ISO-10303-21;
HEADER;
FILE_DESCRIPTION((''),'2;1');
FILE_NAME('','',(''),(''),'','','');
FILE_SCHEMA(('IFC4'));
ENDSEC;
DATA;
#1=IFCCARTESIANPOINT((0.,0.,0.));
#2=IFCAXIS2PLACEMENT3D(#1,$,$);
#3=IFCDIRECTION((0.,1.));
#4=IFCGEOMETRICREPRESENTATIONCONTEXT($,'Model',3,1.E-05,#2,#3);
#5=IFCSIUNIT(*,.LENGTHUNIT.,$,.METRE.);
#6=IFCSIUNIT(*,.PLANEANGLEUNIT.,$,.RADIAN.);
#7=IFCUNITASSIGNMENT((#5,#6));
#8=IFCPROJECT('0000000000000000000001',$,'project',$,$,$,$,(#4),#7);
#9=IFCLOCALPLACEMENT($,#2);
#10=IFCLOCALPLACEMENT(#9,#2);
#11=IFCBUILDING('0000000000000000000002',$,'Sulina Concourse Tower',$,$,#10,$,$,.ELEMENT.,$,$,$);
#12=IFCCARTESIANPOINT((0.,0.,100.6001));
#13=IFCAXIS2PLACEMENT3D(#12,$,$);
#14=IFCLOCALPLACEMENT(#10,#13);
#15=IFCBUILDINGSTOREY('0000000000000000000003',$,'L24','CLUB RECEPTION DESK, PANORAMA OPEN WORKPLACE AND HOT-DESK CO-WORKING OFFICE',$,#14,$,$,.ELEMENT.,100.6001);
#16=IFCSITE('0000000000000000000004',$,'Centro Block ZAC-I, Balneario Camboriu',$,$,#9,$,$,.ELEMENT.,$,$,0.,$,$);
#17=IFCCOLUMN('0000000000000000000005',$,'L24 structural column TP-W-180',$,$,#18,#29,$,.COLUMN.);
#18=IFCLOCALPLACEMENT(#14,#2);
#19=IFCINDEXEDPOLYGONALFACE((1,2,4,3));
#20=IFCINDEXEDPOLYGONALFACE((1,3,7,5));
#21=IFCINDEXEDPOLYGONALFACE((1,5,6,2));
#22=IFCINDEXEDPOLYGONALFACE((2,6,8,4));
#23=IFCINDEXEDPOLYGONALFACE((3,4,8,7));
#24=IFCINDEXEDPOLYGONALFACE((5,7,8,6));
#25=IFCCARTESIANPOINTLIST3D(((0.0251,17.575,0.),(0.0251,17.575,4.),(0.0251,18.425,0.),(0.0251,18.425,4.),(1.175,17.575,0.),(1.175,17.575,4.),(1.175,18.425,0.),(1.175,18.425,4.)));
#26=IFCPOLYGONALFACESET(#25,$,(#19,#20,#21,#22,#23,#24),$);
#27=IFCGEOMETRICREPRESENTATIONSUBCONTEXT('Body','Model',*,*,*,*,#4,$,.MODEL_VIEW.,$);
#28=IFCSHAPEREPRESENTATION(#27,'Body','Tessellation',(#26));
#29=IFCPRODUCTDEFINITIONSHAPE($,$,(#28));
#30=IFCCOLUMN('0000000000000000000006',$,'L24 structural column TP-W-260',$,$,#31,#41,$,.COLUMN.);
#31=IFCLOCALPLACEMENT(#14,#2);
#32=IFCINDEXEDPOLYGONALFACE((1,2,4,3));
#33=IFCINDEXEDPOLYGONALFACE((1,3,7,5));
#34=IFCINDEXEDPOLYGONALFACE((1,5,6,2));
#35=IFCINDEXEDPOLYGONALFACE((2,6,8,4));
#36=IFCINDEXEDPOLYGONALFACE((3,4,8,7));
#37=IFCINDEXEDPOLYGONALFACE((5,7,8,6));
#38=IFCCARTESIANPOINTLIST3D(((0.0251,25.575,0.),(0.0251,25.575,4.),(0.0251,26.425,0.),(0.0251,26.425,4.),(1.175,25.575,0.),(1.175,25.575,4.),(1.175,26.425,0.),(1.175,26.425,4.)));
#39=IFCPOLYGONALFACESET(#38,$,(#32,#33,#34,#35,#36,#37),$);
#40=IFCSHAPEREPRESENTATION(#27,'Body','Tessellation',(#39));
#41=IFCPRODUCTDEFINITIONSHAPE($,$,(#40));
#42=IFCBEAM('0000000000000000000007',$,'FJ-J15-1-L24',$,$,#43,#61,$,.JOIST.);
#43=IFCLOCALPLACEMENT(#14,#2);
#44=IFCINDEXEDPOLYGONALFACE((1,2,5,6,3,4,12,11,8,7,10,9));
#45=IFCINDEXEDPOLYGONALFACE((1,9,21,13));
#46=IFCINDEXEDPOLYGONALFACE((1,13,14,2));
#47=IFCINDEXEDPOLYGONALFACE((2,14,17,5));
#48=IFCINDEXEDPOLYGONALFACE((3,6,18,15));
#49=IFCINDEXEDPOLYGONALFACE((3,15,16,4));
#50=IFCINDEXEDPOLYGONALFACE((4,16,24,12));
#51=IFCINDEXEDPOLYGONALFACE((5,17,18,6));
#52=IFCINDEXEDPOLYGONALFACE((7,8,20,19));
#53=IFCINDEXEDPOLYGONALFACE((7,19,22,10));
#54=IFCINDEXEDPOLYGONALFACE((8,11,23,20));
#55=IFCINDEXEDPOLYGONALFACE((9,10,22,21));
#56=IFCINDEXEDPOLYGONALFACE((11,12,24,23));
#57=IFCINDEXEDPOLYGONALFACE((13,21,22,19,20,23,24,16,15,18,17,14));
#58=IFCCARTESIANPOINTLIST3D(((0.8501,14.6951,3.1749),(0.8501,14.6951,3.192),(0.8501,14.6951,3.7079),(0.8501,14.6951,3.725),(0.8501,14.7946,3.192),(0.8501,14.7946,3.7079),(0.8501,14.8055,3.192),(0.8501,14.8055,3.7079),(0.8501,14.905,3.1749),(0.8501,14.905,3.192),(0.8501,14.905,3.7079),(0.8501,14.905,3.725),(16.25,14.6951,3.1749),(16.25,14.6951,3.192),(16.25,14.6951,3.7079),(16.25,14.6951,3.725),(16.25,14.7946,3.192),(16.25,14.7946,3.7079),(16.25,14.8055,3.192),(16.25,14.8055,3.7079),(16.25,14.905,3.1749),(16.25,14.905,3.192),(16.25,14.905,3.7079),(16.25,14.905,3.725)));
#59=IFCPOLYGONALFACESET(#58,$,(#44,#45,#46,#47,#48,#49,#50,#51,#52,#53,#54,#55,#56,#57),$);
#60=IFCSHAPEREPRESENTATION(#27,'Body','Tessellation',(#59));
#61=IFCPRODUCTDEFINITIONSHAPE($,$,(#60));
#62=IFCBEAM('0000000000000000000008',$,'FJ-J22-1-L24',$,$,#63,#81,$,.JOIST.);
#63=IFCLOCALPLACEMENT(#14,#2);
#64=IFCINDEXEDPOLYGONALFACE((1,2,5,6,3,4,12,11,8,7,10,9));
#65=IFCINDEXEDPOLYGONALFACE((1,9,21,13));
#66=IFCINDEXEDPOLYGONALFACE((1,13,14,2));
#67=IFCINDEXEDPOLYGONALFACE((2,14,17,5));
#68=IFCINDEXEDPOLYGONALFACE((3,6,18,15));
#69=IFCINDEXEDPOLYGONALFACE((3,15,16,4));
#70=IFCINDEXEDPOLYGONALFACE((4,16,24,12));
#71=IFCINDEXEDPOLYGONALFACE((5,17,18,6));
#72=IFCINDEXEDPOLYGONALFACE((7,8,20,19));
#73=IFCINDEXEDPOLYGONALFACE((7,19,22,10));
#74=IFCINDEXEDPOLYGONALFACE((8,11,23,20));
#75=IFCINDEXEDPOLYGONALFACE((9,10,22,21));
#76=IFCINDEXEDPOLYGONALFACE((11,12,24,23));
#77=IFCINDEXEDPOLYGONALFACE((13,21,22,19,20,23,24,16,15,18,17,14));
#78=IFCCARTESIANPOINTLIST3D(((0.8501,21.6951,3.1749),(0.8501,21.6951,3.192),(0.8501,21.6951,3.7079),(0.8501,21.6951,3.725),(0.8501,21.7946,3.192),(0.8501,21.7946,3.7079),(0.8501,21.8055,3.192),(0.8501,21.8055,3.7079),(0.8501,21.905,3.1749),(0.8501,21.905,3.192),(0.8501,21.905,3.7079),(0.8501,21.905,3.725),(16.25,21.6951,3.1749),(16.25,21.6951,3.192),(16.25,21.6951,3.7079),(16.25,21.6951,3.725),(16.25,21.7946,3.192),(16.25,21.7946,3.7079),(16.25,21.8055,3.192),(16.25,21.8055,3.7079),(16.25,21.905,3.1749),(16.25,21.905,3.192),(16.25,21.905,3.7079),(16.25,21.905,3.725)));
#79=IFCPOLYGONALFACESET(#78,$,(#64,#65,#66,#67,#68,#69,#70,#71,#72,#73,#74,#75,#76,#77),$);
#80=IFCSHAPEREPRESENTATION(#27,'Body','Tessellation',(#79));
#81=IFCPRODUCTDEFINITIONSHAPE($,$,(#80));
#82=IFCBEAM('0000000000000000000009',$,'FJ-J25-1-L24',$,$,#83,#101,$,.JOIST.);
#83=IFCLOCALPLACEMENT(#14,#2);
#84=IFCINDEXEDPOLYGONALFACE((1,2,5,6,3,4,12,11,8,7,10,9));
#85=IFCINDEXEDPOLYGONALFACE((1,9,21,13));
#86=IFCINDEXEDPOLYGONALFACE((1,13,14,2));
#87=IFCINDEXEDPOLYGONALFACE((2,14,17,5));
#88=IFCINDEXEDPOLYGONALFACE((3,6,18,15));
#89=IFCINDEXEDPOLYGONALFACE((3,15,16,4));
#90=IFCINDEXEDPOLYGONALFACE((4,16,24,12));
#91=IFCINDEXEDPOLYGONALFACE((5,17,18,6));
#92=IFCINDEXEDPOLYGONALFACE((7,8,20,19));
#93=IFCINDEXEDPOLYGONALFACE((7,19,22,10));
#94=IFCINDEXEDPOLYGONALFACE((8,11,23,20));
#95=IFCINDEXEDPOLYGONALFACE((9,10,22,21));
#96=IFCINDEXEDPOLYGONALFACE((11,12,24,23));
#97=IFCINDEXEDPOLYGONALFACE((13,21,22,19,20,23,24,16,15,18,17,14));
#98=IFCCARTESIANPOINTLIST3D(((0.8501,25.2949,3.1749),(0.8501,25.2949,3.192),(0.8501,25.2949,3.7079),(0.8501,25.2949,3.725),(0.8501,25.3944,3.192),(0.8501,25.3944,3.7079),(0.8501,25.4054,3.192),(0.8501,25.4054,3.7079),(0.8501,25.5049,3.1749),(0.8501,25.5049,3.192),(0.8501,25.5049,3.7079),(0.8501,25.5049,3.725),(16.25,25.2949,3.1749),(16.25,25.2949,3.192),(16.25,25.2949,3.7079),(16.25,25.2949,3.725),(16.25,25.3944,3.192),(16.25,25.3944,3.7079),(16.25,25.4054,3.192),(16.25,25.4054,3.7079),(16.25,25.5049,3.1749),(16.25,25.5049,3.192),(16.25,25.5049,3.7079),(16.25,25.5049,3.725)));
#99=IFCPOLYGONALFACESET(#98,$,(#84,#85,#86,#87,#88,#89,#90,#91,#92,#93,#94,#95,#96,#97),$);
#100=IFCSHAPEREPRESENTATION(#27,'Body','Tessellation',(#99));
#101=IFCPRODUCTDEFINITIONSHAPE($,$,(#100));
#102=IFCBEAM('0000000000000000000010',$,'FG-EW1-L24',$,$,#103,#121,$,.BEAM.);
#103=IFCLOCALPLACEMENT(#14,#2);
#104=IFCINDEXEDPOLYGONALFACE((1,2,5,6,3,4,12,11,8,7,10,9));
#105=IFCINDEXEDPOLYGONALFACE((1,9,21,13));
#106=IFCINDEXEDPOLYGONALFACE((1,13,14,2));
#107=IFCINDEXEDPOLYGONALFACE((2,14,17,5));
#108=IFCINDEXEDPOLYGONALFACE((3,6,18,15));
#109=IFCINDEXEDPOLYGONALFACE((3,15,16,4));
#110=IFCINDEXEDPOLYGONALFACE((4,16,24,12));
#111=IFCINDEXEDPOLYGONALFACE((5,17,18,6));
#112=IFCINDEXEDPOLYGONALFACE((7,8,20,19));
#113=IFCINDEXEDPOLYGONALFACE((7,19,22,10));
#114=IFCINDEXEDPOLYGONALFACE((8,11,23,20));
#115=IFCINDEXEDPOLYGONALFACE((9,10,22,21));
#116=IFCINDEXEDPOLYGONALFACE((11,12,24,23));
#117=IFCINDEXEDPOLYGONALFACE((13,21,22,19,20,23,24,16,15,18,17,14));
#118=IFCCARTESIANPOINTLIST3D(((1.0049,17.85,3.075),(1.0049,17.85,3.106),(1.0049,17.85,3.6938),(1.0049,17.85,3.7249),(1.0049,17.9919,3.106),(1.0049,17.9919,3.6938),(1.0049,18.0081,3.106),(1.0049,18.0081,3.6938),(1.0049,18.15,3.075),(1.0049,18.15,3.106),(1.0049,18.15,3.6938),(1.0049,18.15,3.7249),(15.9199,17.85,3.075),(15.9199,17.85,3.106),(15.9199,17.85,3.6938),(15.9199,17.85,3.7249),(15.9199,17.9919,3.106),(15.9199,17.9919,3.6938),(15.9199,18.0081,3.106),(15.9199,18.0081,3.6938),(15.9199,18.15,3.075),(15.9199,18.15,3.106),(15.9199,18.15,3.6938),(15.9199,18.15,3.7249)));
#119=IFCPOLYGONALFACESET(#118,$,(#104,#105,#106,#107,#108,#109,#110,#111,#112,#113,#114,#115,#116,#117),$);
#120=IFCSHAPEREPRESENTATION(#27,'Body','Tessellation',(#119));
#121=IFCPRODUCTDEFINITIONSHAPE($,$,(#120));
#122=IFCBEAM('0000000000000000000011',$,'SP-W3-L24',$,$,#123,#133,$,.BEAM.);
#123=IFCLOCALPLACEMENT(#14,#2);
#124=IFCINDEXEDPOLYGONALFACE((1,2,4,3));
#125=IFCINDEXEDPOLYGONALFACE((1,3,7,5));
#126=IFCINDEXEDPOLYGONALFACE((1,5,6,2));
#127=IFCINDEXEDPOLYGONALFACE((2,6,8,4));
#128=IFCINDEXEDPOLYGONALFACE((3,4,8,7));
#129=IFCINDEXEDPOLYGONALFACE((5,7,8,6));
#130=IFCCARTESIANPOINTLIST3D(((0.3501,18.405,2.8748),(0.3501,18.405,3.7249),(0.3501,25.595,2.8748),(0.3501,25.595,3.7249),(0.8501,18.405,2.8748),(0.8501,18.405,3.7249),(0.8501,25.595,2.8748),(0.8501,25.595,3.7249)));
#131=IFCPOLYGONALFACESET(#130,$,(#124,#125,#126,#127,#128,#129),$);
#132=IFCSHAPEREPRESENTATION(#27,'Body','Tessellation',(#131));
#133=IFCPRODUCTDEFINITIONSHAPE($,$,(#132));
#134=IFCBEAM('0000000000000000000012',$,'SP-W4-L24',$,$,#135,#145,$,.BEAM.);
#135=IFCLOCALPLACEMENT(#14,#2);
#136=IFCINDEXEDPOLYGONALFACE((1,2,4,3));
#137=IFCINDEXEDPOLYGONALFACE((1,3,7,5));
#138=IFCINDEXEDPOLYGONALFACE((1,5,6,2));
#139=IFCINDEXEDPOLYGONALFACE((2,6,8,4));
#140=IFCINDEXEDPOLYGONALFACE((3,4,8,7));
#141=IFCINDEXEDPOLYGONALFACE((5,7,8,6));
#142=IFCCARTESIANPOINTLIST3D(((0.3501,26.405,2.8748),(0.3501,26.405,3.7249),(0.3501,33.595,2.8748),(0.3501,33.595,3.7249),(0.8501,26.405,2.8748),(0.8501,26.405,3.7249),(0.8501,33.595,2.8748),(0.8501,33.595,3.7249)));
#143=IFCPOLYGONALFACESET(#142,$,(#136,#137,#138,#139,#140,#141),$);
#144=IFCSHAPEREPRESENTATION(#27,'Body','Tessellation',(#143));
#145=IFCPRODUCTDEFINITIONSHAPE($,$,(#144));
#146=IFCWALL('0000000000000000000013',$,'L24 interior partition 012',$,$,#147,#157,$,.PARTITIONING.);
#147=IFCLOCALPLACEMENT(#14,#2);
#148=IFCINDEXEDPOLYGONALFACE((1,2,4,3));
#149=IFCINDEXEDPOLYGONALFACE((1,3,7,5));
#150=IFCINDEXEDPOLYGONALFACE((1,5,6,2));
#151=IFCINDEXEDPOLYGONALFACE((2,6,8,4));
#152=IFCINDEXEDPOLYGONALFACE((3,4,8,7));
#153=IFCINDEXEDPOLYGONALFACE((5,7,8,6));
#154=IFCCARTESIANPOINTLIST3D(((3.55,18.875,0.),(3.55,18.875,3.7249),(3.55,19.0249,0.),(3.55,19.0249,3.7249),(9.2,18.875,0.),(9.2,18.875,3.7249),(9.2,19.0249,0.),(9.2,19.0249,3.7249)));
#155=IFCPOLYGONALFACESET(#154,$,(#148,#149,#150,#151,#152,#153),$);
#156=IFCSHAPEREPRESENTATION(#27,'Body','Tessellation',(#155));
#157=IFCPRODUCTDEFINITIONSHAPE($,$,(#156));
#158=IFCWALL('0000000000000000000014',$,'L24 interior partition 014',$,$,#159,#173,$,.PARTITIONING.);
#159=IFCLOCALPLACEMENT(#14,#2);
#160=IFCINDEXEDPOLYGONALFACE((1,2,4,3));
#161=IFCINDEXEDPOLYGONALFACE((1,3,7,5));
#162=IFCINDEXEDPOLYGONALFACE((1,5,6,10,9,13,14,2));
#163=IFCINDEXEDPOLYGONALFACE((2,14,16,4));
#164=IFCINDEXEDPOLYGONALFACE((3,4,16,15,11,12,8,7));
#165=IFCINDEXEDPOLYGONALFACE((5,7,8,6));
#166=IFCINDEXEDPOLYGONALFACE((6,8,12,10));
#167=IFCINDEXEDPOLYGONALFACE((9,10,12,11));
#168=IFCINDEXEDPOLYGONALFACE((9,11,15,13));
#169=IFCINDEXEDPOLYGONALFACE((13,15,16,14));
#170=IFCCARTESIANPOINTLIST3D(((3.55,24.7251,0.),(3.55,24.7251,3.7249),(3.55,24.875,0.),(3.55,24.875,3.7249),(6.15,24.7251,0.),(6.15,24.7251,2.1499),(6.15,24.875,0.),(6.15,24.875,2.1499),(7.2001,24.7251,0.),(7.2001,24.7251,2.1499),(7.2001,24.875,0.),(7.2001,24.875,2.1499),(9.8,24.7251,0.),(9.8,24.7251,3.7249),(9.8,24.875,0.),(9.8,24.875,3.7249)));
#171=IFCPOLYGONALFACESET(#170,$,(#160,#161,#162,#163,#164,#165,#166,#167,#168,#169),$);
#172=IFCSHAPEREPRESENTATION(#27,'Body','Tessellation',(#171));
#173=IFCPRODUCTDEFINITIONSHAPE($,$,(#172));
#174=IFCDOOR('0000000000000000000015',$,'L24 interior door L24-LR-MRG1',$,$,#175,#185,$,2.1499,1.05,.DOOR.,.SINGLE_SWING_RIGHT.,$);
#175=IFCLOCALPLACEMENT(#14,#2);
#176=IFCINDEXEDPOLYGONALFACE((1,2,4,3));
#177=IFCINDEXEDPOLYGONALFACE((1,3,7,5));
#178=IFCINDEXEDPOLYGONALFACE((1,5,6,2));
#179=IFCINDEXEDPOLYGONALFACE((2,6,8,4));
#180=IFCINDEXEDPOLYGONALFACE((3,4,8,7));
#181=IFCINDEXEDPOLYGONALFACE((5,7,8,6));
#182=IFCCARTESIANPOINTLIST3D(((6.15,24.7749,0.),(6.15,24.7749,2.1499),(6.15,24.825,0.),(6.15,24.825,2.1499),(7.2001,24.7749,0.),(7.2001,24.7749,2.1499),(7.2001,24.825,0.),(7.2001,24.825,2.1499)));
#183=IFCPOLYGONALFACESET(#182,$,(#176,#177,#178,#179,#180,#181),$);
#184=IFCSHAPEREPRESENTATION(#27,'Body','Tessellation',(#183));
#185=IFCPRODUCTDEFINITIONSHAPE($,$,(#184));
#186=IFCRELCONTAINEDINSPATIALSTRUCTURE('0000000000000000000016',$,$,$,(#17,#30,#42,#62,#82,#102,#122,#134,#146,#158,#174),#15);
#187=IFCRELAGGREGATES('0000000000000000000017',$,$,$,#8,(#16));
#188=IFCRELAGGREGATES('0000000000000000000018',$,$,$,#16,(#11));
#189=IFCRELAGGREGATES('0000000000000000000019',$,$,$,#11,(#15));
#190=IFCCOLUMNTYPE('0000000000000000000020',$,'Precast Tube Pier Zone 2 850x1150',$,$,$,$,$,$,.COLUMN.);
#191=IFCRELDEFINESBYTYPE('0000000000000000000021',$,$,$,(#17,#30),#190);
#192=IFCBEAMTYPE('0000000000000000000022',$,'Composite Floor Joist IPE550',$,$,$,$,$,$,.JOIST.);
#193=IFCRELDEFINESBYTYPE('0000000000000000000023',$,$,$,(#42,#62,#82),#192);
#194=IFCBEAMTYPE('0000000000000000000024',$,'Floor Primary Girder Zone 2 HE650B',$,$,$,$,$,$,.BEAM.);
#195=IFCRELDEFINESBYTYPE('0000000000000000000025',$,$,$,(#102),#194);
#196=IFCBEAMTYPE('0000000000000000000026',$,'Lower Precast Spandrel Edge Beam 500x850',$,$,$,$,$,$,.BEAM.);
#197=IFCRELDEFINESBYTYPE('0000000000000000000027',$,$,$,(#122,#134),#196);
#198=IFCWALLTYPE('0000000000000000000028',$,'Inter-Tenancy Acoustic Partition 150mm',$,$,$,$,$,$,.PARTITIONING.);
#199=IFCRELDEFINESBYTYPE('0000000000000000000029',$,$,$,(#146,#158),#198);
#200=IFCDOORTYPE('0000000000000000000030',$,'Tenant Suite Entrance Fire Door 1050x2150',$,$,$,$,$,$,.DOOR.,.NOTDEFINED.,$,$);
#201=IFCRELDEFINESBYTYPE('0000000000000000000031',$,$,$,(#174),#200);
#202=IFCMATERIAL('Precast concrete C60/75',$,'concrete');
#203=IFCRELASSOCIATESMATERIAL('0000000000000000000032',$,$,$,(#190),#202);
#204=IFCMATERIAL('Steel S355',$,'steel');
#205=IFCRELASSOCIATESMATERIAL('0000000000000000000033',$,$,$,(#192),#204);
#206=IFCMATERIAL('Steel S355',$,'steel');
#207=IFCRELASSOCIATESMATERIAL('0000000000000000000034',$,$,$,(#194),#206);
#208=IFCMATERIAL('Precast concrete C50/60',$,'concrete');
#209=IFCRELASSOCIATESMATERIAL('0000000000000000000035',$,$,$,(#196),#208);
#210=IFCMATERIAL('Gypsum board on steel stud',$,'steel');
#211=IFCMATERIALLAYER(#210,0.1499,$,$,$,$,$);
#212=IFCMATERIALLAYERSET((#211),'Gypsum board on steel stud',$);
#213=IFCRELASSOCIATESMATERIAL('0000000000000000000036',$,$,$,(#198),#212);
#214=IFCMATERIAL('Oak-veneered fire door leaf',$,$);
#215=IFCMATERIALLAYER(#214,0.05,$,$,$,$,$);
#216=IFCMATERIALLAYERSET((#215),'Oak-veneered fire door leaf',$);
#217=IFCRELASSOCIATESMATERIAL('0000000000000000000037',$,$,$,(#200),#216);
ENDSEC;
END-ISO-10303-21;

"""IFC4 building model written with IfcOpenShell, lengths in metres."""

from ifc_helpers import new_model, si_unit, direction, frame, frame_2d, origin, origin_2d, place, context, subcontext, project, spatial, rectangle, i_section, extrude, material, layer, layer_set, material_profile, profile_set, type_object, element, fill, save


model = new_model("IFC4")

# Units and contexts
model_context = context("Model", 3, precision=1e-05, world=origin(), true_north=direction((0.0, 1.0)))
body_context = subcontext(model_context, "Body", "Model", "MODEL_VIEW")
ifc_project = project(units=[si_unit("LENGTHUNIT", "METRE"), si_unit("PLANEANGLEUNIT", "RADIAN")], contexts=[model_context])

# Site, building, storey
site_placement = place(None, origin())
site = spatial("IfcSite", under=ifc_project, at=site_placement, Name="Centro Block ZAC-I, Balneario Camboriu", CompositionType="ELEMENT", RefElevation=0.0)
building_placement = place(site_placement, origin())
building = spatial("IfcBuilding", under=site, at=building_placement, Name="Sulina Concourse Tower", CompositionType="ELEMENT")
storey_placement = place(building_placement, frame((0.0, 0.0, 100.6001)))
storey = spatial("IfcBuildingStorey", under=building, at=storey_placement, Name="L24", Description="CLUB RECEPTION DESK, PANORAMA OPEN WORKPLACE AND HOT-DESK CO-WORKING OFFICE", CompositionType="ELEMENT", Elevation=100.6001)

# Columns
ifc_material_1 = material(Name="Precast concrete C60/75", Category="concrete")
ifc_material_profile_1 = material_profile(ifc_material_1, rectangle(XDim=0.8501, YDim=1.1499, at=origin_2d()), Name="PC 850x1150")
ifc_profile_set_1 = profile_set([ifc_material_profile_1], Name="Precast concrete C60/75")
column_type = type_object("IfcColumnType", Name="Precast Tube Pier Zone 2 850x1150", PredefinedType="COLUMN", material=ifc_profile_set_1)
for number, where, z_axis, x_axis, name in (
    (1, (0.6001, 18.0, 0.0), (0.0, 0.0, 1.0), (0.0, 1.0, 0.0), "L24 structural column TP-W-180"),
    (2, (0.6001, 26.0, 0.0), (0.0, 0.0, 1.0), (0.0, 1.0, 0.0), "L24 structural column TP-W-260"),
):
    element("IfcColumn", number, at=place(storey_placement, frame(where, z_axis=z_axis, x_axis=x_axis)), inside=storey, type_object=column_type, Name=name, PredefinedType="COLUMN", context=body_context, shape_type="SweptSolid", body=[
        extrude(rectangle(XDim=0.8501, YDim=1.1499, at=origin_2d()), origin(), (0.0, 0.0, 1.0), 4.0),
    ])

# Beams
ifc_material_2 = material(Name="Steel S355", Category="steel")
ifc_material_profile_2 = material_profile(ifc_material_2, i_section(OverallWidth=0.21, OverallDepth=0.55, WebThickness=0.011, FlangeThickness=0.0171, at=origin_2d()), Name="IPE 550")
ifc_profile_set_2 = profile_set([ifc_material_profile_2], Name="Steel S355")
beam_type_1 = type_object("IfcBeamType", Name="Composite Floor Joist IPE550", PredefinedType="JOIST", material=ifc_profile_set_2)
for number, where, z_axis, x_axis, name in (
    (3, (0.8501, 14.8, 3.45), (1.0, 0.0, 0.0), (0.0, 1.0, 0.0), "FJ-J15-1-L24"),
    (4, (0.8501, 21.8, 3.45), (1.0, 0.0, 0.0), (0.0, 1.0, 0.0), "FJ-J22-1-L24"),
    (5, (0.8501, 25.3999, 3.45), (1.0, 0.0, 0.0), (0.0, 1.0, 0.0), "FJ-J25-1-L24"),
):
    element("IfcBeam", number, at=place(storey_placement, frame(where, z_axis=z_axis, x_axis=x_axis)), inside=storey, type_object=beam_type_1, Name=name, PredefinedType="JOIST", context=body_context, shape_type="SweptSolid", body=[
        extrude(i_section(OverallWidth=0.21, OverallDepth=0.55, WebThickness=0.011, FlangeThickness=0.0171, at=origin_2d()), origin(), (0.0, 0.0, 1.0), 15.3999),
    ])
ifc_material_3 = material(Name="Steel S355", Category="steel")
ifc_material_profile_3 = material_profile(ifc_material_3, i_section(OverallWidth=0.3, OverallDepth=0.6499, WebThickness=0.0161, FlangeThickness=0.031, at=origin_2d()), Name="HE 650 B")
ifc_profile_set_3 = profile_set([ifc_material_profile_3], Name="Steel S355")
beam_type_2 = type_object("IfcBeamType", Name="Floor Primary Girder Zone 2 HE650B", PredefinedType="BEAM", material=ifc_profile_set_3)
beam_placement = place(storey_placement, frame((1.0049, 18.0, 3.3999), z_axis=(1.0, 0.0, 0.0), x_axis=(0.0, 1.0, 0.0)))
element("IfcBeam", 6, at=beam_placement, inside=storey, type_object=beam_type_2, Name="FG-EW1-L24", PredefinedType="BEAM", context=body_context, shape_type="SweptSolid", body=[
    extrude(i_section(OverallWidth=0.3, OverallDepth=0.6499, WebThickness=0.0161, FlangeThickness=0.031, at=origin_2d()), origin(), (0.0, 0.0, 1.0), 14.915),
])
ifc_material_4 = material(Name="Precast concrete C50/60", Category="concrete")
ifc_material_profile_4 = material_profile(ifc_material_4, rectangle(XDim=0.5, YDim=0.8501, at=origin_2d()), Name="RC 500x850")
ifc_profile_set_4 = profile_set([ifc_material_profile_4], Name="Precast concrete C50/60")
beam_type_3 = type_object("IfcBeamType", Name="Lower Precast Spandrel Edge Beam 500x850", PredefinedType="BEAM", material=ifc_profile_set_4)
for number, where, z_axis, x_axis, name in (
    (7, (0.6001, 18.405, 3.2998), (0.0, 1.0, 0.0), (-1.0, 0.0, 0.0), "SP-W3-L24"),
    (8, (0.6001, 26.405, 3.2998), (0.0, 1.0, 0.0), (-1.0, 0.0, 0.0), "SP-W4-L24"),
):
    element("IfcBeam", number, at=place(storey_placement, frame(where, z_axis=z_axis, x_axis=x_axis)), inside=storey, type_object=beam_type_3, Name=name, PredefinedType="BEAM", context=body_context, shape_type="SweptSolid", body=[
        extrude(rectangle(XDim=0.5, YDim=0.8501, at=origin_2d()), origin(), (0.0, 0.0, 1.0), 7.1899),
    ])

# Wall
ifc_material_5 = material(Name="Gypsum board on steel stud", Category="steel")
ifc_layer_1 = layer(ifc_material_5, 0.1499)
ifc_layer_set_1 = layer_set([ifc_layer_1], Name="Gypsum board on steel stud")
wall_type_1 = type_object("IfcWallType", Name="Inter-Tenancy Acoustic Partition 150mm", PredefinedType="PARTITIONING", material=ifc_layer_set_1)
wall_1_placement = place(storey_placement, frame((3.55, 18.95, 0.0), z_axis=(0.0, 0.0, 1.0), x_axis=(1.0, 0.0, 0.0)))
element("IfcWall", 9, at=wall_1_placement, inside=storey, type_object=wall_type_1, Name="L24 interior partition 012", PredefinedType="PARTITIONING", context=body_context, shape_type="SweptSolid", body=[
    extrude(rectangle(XDim=5.6499, YDim=0.1499, at=frame_2d((2.825, 0.0))), origin(), (0.0, 0.0, 1.0), 3.7249),
])

# Wall, opening, door
wall_2_placement = place(storey_placement, frame((3.55, 24.8, 0.0), z_axis=(0.0, 0.0, 1.0), x_axis=(1.0, 0.0, 0.0)))
wall_2 = element("IfcWall", 10, at=wall_2_placement, inside=storey, type_object=wall_type_1, Name="L24 interior partition 014", PredefinedType="PARTITIONING", context=body_context, shape_type="SweptSolid", body=[
    extrude(rectangle(XDim=6.25, YDim=0.1499, at=frame_2d((3.125, 0.0))), origin(), (0.0, 0.0, 1.0), 3.7249),
])
opening_1_placement = place(wall_2_placement, frame((2.6001, 0.0, 0.0)))
opening_1 = element("IfcOpeningElement", 11, at=opening_1_placement, cuts=wall_2, PredefinedType="OPENING", context=body_context, shape_type="SweptSolid", body=[
    extrude(rectangle(XDim=1.05, YDim=2.1499, at=frame_2d((0.5249, 1.075))), frame((0.0, 0.085, 0.0), z_axis=(0.0, -1.0, 0.0), x_axis=(1.0, 0.0, 0.0)), (0.0, 0.0, 1.0), 0.1699),
])
ifc_material_6 = material(Name="Oak-veneered fire door leaf")
ifc_layer_2 = layer(ifc_material_6, 0.05)
ifc_layer_set_2 = layer_set([ifc_layer_2], Name="Oak-veneered fire door leaf")
door_type_1 = type_object("IfcDoorType", Name="Tenant Suite Entrance Fire Door 1050x2150", OperationType="NOTDEFINED", PredefinedType="DOOR", material=ifc_layer_set_2)
door_1_placement = place(opening_1_placement, origin())
door_1 = element("IfcDoor", 12, at=door_1_placement, inside=storey, type_object=door_type_1, Name="L24 interior door L24-LR-MRG1", OperationType="SINGLE_SWING_RIGHT", OverallHeight=2.1499, OverallWidth=1.05, PredefinedType="DOOR", context=body_context, shape_type="SweptSolid", body=[
    extrude(rectangle(XDim=1.05, YDim=2.1499, at=frame_2d((0.5249, 1.075))), frame((0.0, 0.0249, 0.0), z_axis=(0.0, -1.0, 0.0), x_axis=(1.0, 0.0, 0.0)), (0.0, 0.0, 1.0), 0.05),
])
fill(opening_1, door_1)

save(model, "model.ifc")
